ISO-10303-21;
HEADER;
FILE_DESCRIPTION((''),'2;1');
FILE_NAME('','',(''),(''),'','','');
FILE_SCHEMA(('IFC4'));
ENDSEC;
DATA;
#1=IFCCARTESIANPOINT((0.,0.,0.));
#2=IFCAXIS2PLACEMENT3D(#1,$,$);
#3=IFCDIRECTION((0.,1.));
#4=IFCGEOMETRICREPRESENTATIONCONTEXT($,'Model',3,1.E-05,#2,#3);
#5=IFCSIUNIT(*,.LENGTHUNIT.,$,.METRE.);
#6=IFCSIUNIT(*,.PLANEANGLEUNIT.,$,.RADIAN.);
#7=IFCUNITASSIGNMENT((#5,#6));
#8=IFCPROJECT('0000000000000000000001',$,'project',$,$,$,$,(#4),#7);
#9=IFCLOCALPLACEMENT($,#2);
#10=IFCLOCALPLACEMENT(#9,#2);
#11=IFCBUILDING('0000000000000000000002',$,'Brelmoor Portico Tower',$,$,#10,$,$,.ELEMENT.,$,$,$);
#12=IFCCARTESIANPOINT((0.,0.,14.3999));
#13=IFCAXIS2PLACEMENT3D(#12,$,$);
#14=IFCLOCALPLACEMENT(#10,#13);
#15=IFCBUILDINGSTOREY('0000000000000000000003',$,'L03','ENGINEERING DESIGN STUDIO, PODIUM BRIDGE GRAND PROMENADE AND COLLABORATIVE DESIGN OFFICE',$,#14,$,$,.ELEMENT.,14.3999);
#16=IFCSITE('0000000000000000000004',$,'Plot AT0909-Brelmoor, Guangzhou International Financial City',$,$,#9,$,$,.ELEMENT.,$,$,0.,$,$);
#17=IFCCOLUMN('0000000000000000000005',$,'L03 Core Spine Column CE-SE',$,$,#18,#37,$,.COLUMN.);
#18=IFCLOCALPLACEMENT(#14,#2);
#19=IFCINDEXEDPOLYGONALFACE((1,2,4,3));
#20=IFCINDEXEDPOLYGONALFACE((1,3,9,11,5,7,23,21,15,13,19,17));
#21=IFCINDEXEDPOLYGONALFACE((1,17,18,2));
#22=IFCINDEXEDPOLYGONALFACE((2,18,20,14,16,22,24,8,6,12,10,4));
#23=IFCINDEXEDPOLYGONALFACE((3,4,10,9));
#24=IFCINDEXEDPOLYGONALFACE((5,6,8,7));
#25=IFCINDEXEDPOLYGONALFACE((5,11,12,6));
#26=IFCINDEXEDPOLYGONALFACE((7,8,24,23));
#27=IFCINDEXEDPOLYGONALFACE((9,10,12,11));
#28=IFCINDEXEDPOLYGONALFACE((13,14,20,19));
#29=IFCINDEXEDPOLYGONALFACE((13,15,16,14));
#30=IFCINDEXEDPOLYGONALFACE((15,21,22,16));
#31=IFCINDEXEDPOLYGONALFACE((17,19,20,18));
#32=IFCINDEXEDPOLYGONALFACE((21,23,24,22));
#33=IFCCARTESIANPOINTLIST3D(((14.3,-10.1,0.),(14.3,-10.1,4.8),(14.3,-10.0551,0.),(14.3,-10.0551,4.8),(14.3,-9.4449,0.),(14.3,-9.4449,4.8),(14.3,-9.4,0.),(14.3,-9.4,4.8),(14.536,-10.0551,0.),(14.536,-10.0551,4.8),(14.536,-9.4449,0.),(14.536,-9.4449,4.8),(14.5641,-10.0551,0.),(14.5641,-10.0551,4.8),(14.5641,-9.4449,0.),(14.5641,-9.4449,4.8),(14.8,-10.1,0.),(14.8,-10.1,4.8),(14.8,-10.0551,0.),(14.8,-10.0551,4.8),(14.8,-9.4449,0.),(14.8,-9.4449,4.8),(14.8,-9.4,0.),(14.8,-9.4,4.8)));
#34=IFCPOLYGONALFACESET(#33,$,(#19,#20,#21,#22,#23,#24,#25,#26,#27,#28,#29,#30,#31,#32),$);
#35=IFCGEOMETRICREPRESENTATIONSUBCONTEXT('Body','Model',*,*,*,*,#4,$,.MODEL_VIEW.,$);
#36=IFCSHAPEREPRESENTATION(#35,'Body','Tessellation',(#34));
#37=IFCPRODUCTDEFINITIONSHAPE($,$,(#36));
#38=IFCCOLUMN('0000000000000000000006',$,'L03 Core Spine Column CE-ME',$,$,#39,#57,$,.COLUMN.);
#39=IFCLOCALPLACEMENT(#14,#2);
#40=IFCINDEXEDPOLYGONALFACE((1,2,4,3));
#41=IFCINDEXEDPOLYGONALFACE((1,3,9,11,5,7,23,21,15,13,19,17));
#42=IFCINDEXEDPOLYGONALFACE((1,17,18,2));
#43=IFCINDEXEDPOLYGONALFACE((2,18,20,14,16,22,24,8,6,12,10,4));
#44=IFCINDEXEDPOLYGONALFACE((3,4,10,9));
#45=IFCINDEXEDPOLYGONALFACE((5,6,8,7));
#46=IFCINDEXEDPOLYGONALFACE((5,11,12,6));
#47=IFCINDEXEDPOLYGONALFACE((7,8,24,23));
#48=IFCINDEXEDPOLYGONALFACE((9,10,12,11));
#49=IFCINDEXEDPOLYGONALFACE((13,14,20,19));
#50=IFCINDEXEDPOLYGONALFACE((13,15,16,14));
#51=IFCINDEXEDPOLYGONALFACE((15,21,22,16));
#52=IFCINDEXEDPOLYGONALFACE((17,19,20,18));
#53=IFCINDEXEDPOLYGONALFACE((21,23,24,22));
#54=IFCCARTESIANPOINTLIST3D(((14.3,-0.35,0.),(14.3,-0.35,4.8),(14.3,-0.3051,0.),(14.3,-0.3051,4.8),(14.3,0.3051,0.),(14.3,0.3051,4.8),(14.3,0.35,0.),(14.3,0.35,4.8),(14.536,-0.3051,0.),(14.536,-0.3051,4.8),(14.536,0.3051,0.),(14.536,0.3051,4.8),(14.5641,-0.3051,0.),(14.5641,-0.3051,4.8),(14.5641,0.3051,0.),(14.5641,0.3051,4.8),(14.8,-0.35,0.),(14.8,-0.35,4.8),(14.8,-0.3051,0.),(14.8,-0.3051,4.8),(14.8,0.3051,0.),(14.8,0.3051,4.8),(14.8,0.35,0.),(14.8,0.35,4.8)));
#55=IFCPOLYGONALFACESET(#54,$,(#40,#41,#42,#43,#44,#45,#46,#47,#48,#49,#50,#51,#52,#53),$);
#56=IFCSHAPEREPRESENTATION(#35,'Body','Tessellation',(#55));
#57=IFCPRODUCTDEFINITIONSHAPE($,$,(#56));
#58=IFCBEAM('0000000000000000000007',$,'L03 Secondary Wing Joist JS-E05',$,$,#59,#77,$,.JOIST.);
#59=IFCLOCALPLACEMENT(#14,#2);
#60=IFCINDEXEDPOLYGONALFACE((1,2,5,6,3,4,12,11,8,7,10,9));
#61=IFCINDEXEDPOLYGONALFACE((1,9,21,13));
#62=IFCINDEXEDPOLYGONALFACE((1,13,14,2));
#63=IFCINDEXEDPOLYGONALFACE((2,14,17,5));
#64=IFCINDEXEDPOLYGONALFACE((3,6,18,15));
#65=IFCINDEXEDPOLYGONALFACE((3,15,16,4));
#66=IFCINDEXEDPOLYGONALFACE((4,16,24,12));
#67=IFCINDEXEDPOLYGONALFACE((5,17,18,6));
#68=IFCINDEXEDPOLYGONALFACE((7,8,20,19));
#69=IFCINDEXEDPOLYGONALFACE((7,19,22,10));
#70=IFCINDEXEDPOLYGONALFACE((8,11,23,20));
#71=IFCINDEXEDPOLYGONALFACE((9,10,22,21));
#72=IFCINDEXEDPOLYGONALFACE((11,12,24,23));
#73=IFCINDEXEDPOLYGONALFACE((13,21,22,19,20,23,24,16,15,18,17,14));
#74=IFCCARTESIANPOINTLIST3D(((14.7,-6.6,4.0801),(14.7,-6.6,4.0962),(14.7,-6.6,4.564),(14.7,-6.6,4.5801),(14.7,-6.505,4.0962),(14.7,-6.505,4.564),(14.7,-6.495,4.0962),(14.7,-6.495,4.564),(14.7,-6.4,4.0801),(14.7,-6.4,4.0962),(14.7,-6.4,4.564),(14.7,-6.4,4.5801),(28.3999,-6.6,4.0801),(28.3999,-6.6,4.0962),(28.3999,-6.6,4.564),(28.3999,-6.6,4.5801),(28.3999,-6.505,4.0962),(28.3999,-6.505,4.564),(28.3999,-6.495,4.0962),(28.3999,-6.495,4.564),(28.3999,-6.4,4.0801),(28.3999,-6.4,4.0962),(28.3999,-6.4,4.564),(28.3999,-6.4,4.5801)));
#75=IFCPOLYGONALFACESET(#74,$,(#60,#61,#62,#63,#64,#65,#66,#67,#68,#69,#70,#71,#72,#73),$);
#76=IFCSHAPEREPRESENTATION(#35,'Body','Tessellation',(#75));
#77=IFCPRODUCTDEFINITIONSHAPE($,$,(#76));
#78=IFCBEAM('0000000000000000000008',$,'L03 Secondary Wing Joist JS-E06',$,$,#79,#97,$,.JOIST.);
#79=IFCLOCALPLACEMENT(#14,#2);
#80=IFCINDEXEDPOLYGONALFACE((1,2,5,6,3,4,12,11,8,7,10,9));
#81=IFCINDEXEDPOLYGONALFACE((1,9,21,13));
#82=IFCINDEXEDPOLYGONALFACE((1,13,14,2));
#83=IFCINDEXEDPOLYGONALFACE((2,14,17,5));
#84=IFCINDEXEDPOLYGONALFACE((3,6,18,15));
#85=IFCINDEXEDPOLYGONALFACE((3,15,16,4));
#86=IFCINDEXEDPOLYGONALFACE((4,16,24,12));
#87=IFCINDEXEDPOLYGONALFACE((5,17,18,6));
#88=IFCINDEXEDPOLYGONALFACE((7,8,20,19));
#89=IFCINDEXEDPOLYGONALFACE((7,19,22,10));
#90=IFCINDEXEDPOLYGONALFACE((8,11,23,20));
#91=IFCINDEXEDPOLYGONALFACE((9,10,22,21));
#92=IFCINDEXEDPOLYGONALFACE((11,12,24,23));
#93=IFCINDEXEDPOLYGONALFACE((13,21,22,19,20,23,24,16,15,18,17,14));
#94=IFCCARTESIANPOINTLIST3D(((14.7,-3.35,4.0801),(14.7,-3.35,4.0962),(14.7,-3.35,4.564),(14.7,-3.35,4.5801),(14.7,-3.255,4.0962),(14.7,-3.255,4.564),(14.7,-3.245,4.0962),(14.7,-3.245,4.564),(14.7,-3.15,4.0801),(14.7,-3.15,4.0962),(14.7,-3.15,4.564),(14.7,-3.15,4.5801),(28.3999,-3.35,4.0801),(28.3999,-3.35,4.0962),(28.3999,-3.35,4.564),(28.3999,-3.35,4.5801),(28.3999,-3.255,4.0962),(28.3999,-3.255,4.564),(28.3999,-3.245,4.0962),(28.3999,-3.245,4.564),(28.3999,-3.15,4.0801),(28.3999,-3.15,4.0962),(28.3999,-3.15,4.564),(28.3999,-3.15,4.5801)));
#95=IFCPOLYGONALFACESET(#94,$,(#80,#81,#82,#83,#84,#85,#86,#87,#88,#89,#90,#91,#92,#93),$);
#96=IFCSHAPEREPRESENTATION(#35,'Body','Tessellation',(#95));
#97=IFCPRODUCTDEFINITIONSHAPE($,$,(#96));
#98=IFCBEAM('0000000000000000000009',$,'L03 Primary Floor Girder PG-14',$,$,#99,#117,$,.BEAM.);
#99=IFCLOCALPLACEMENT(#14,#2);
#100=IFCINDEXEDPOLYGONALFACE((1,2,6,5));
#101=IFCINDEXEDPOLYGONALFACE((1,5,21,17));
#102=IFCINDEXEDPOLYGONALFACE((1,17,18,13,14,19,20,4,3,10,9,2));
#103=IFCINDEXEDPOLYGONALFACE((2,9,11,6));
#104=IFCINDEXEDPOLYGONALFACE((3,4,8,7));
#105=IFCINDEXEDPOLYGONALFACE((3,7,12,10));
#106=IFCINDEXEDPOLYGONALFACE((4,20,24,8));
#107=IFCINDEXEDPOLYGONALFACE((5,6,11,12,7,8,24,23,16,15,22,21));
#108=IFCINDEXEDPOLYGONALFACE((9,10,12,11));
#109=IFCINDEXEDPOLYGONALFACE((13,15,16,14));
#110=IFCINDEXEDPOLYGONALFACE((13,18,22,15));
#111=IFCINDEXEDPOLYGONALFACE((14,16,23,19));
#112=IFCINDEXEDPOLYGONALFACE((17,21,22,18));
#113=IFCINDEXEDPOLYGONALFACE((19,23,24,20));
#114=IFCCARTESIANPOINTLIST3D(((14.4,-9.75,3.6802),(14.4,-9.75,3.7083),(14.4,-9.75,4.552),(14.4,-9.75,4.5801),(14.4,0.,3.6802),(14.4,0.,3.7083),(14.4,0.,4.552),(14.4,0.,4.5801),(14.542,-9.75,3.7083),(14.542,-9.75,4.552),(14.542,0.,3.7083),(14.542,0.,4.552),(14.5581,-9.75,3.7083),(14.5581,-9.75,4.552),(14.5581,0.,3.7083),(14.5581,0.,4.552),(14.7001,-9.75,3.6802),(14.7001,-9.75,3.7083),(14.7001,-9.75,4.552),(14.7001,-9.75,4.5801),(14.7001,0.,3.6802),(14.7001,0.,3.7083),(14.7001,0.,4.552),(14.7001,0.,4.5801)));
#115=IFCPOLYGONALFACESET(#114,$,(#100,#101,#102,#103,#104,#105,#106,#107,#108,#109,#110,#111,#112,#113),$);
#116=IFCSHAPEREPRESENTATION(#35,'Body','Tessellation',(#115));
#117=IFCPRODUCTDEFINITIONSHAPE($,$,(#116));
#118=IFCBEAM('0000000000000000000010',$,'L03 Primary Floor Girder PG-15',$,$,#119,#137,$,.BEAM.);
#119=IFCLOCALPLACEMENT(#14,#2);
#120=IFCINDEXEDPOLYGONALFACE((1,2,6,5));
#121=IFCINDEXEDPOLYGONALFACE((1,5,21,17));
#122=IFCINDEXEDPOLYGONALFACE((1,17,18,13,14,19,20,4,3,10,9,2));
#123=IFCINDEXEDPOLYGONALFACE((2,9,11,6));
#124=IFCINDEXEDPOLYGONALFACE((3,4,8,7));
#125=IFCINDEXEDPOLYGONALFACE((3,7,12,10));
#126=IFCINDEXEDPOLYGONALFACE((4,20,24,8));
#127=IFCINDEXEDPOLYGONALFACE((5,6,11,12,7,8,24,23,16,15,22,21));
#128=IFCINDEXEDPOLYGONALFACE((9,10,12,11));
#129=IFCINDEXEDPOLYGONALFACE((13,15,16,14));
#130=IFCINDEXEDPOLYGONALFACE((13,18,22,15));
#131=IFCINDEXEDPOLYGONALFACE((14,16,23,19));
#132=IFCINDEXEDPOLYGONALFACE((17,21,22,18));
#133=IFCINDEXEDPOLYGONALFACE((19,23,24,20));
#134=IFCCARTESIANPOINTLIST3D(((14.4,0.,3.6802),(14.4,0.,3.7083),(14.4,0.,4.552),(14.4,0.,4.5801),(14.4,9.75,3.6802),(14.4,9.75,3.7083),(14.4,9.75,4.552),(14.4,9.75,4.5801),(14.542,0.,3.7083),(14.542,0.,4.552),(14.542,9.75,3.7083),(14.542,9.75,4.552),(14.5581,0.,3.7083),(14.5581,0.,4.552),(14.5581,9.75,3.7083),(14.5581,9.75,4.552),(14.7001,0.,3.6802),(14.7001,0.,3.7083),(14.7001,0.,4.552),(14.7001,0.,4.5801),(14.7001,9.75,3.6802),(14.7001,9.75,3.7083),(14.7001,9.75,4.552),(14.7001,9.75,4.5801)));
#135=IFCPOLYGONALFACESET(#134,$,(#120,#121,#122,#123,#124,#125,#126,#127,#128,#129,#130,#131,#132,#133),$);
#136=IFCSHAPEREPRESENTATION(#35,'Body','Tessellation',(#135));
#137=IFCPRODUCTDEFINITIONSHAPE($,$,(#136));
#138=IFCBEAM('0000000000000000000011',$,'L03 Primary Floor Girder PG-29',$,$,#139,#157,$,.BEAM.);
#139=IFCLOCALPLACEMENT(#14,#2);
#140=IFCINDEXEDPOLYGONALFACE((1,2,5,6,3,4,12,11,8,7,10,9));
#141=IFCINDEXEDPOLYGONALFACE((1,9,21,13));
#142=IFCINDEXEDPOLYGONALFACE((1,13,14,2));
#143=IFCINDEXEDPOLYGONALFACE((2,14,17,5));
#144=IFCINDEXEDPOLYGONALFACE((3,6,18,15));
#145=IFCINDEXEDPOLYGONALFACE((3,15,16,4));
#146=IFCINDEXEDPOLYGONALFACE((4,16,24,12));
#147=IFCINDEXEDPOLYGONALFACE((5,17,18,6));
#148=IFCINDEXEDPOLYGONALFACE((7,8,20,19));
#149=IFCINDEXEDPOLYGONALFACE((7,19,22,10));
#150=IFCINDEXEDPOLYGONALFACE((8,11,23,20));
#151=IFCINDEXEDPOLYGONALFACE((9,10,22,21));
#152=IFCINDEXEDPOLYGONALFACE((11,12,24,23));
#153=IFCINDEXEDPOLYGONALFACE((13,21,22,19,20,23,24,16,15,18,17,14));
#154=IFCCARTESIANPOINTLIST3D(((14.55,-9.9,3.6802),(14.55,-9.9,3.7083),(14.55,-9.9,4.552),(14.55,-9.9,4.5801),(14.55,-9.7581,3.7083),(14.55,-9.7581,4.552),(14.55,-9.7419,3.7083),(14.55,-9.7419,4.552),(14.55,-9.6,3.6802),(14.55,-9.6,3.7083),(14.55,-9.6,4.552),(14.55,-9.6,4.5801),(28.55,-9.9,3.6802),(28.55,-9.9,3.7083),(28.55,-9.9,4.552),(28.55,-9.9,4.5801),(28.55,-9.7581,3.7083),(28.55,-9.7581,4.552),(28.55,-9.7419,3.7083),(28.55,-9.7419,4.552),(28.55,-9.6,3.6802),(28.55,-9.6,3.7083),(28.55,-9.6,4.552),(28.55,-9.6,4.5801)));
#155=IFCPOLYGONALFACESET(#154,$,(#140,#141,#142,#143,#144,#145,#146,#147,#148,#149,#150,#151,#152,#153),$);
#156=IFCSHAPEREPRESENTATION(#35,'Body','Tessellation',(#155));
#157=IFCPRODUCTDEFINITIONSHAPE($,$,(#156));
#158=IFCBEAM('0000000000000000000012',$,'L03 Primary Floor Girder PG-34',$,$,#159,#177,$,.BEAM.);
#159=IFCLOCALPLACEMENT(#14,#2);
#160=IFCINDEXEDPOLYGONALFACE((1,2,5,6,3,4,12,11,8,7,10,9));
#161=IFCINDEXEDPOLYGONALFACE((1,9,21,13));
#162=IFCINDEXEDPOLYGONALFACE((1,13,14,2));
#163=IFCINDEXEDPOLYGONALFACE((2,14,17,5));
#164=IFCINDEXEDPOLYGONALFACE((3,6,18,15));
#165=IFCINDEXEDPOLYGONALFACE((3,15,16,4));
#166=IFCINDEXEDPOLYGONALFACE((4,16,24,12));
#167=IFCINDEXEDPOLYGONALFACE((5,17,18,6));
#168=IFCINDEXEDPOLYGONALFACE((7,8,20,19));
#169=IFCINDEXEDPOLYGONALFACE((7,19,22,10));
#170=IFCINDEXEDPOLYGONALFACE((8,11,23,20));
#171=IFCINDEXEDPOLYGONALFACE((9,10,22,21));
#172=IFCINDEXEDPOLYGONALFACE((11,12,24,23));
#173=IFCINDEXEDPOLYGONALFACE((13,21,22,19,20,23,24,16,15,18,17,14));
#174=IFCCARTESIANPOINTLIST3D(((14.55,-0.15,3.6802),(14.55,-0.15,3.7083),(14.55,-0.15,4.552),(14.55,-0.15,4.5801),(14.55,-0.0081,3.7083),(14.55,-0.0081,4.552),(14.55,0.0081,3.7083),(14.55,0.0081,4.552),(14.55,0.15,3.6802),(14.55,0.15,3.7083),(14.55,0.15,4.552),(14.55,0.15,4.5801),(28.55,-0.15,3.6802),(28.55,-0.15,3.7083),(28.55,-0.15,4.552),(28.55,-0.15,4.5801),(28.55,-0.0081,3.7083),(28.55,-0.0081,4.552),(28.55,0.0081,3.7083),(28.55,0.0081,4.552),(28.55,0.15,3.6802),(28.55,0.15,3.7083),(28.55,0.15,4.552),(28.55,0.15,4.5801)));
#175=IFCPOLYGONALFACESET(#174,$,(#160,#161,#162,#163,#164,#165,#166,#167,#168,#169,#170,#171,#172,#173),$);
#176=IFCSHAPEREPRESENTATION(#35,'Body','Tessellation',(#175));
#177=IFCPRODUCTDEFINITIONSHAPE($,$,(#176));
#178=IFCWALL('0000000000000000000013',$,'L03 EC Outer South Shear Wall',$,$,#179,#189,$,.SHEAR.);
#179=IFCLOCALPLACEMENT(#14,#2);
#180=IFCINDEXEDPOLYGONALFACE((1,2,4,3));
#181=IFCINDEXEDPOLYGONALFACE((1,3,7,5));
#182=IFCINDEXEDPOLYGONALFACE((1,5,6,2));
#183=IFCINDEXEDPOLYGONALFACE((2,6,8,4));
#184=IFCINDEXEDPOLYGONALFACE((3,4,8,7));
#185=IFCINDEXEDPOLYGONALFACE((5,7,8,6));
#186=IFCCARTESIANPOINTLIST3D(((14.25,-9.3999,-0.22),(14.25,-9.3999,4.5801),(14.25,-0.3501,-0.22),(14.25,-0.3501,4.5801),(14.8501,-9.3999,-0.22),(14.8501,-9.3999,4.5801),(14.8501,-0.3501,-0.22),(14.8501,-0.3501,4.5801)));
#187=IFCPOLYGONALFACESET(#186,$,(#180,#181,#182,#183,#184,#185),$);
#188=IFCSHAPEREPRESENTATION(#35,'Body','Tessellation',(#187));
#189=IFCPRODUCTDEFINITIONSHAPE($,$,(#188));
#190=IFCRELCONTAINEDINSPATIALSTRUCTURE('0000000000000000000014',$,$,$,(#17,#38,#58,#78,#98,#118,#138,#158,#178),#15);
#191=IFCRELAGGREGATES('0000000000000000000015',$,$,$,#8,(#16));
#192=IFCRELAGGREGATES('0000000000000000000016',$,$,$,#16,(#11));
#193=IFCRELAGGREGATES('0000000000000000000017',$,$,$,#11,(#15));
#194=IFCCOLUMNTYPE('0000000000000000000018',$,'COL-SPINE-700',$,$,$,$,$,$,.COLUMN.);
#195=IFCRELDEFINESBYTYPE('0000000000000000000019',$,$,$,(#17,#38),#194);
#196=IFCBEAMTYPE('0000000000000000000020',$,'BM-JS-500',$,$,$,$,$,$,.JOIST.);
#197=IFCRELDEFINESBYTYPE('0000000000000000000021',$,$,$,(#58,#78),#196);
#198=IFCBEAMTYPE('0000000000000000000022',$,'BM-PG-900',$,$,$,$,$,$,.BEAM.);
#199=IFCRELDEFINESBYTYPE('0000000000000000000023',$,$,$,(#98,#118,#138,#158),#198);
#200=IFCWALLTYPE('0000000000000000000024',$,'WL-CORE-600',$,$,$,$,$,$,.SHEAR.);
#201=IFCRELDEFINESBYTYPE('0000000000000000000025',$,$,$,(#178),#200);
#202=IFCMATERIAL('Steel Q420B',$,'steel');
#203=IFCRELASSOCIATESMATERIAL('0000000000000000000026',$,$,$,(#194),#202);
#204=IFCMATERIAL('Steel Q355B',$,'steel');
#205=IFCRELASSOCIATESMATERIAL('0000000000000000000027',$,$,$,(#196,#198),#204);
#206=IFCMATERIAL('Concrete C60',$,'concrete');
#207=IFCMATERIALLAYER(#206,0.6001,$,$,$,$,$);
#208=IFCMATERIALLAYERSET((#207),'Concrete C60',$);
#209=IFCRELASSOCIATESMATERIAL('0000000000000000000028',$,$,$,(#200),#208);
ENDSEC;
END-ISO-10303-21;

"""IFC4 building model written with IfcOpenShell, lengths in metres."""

from ifc_helpers import new_model, si_unit, direction, frame, frame_2d, origin, origin_2d, place, context, subcontext, project, spatial, rectangle, i_section, extrude, material, layer, layer_set, material_profile, profile_set, type_object, element, save


model = new_model("IFC4")

# Units and contexts
model_context = context("Model", 3, precision=1e-05, world=origin(), true_north=direction((0.0, 1.0)))
body_context = subcontext(model_context, "Body", "Model", "MODEL_VIEW")
ifc_project = project(units=[si_unit("LENGTHUNIT", "METRE"), si_unit("PLANEANGLEUNIT", "RADIAN")], contexts=[model_context])

# Site, building, storey
site_placement = place(None, origin())
site = spatial("IfcSite", under=ifc_project, at=site_placement, Name="Plot AT0909-Brelmoor, Guangzhou International Financial City", CompositionType="ELEMENT", RefElevation=0.0)
building_placement = place(site_placement, origin())
building = spatial("IfcBuilding", under=site, at=building_placement, Name="Brelmoor Portico Tower", CompositionType="ELEMENT")
storey_placement = place(building_placement, frame((0.0, 0.0, 14.3999)))
storey = spatial("IfcBuildingStorey", under=building, at=storey_placement, Name="L03", Description="ENGINEERING DESIGN STUDIO, PODIUM BRIDGE GRAND PROMENADE AND COLLABORATIVE DESIGN OFFICE", CompositionType="ELEMENT", Elevation=14.3999)

# Columns
ifc_material_1 = material(Name="Steel Q420B", Category="steel")
ifc_material_profile_1 = material_profile(ifc_material_1, i_section(OverallWidth=0.5, OverallDepth=0.7, WebThickness=0.0281, FlangeThickness=0.0449, at=origin_2d()), Name="HW 700x500x28x45")
ifc_profile_set_1 = profile_set([ifc_material_profile_1], Name="Steel Q420B")
column_type = type_object("IfcColumnType", Name="COL-SPINE-700", PredefinedType="COLUMN", material=ifc_profile_set_1)
for number, where, z_axis, x_axis, name in (
    (1, (14.55, -9.75, 0.0), (0.0, 0.0, 1.0), (1.0, 0.0, 0.0), "L03 Core Spine Column CE-SE"),
    (2, (14.55, 0.0, 0.0), (0.0, 0.0, 1.0), (1.0, 0.0, 0.0), "L03 Core Spine Column CE-ME"),
):
    element("IfcColumn", number, at=place(storey_placement, frame(where, z_axis=z_axis, x_axis=x_axis)), inside=storey, type_object=column_type, Name=name, PredefinedType="COLUMN", context=body_context, shape_type="SweptSolid", body=[
        extrude(i_section(OverallWidth=0.5, OverallDepth=0.7, WebThickness=0.0281, FlangeThickness=0.0449, at=origin_2d()), origin(), (0.0, 0.0, 1.0), 4.8),
    ])

# Beams
ifc_material_2 = material(Name="Steel Q355B", Category="steel")
ifc_material_profile_2 = material_profile(ifc_material_2, i_section(OverallWidth=0.2, OverallDepth=0.5, WebThickness=0.01, FlangeThickness=0.0161, at=origin_2d()), Name="HN 500x200x10x16")
ifc_profile_set_2 = profile_set([ifc_material_profile_2], Name="Steel Q355B")
beam_type_1 = type_object("IfcBeamType", Name="BM-JS-500", PredefinedType="JOIST", material=ifc_profile_set_2)
for number, where, z_axis, x_axis, name in (
    (3, (14.7, -6.5, 4.3301), (1.0, 0.0, 0.0), (0.0, 1.0, 0.0), "L03 Secondary Wing Joist JS-E05"),
    (4, (14.7, -3.25, 4.3301), (1.0, 0.0, 0.0), (0.0, 1.0, 0.0), "L03 Secondary Wing Joist JS-E06"),
):
    element("IfcBeam", number, at=place(storey_placement, frame(where, z_axis=z_axis, x_axis=x_axis)), inside=storey, type_object=beam_type_1, Name=name, PredefinedType="JOIST", context=body_context, shape_type="SweptSolid", body=[
        extrude(i_section(OverallWidth=0.2, OverallDepth=0.5, WebThickness=0.01, FlangeThickness=0.0161, at=origin_2d()), origin(), (0.0, 0.0, 1.0), 13.7),
    ])
ifc_material_profile_3 = material_profile(ifc_material_2, i_section(OverallWidth=0.3, OverallDepth=0.8999, WebThickness=0.0161, FlangeThickness=0.0281, at=origin_2d()), Name="HN 900x300x16x28")
ifc_profile_set_3 = profile_set([ifc_material_profile_3], Name="Steel Q355B")
beam_type_2 = type_object("IfcBeamType", Name="BM-PG-900", PredefinedType="BEAM", material=ifc_profile_set_3)
for number, where, z_axis, x_axis, name in (
    (5, (14.55, -9.75, 4.1301), (0.0, 1.0, 0.0), (-1.0, 0.0, 0.0), "L03 Primary Floor Girder PG-14"),
    (6, (14.55, 0.0, 4.1301), (0.0, 1.0, 0.0), (-1.0, 0.0, 0.0), "L03 Primary Floor Girder PG-15"),
):
    element("IfcBeam", number, at=place(storey_placement, frame(where, z_axis=z_axis, x_axis=x_axis)), inside=storey, type_object=beam_type_2, Name=name, PredefinedType="BEAM", context=body_context, shape_type="SweptSolid", body=[
        extrude(i_section(OverallWidth=0.3, OverallDepth=0.8999, WebThickness=0.0161, FlangeThickness=0.0281, at=origin_2d()), origin(), (0.0, 0.0, 1.0), 9.75),
    ])
for number, where, z_axis, x_axis, name in (
    (7, (14.55, -9.75, 4.1301), (1.0, 0.0, 0.0), (0.0, 1.0, 0.0), "L03 Primary Floor Girder PG-29"),
    (8, (14.55, 0.0, 4.1301), (1.0, 0.0, 0.0), (0.0, 1.0, 0.0), "L03 Primary Floor Girder PG-34"),
):
    element("IfcBeam", number, at=place(storey_placement, frame(where, z_axis=z_axis, x_axis=x_axis)), inside=storey, type_object=beam_type_2, Name=name, PredefinedType="BEAM", context=body_context, shape_type="SweptSolid", body=[
        extrude(i_section(OverallWidth=0.3, OverallDepth=0.8999, WebThickness=0.0161, FlangeThickness=0.0281, at=origin_2d()), origin(), (0.0, 0.0, 1.0), 14.0),
    ])

# Wall
ifc_material_3 = material(Name="Concrete C60", Category="concrete")
ifc_layer_1 = layer(ifc_material_3, 0.6001)
ifc_layer_set_1 = layer_set([ifc_layer_1], Name="Concrete C60")
wall_type_1 = type_object("IfcWallType", Name="WL-CORE-600", PredefinedType="SHEAR", material=ifc_layer_set_1)
wall_1_placement = place(storey_placement, frame((14.55, -9.3999, -0.22), z_axis=(0.0, 0.0, 1.0), x_axis=(0.0, 1.0, 0.0)))
element("IfcWall", 9, at=wall_1_placement, inside=storey, type_object=wall_type_1, Name="L03 EC Outer South Shear Wall", PredefinedType="SHEAR", context=body_context, shape_type="SweptSolid", body=[
    extrude(rectangle(XDim=9.0498, YDim=0.6001, at=frame_2d((4.5249, 0.0))), origin(), (0.0, 0.0, 1.0), 4.8),
])

save(model, "model.ifc")
